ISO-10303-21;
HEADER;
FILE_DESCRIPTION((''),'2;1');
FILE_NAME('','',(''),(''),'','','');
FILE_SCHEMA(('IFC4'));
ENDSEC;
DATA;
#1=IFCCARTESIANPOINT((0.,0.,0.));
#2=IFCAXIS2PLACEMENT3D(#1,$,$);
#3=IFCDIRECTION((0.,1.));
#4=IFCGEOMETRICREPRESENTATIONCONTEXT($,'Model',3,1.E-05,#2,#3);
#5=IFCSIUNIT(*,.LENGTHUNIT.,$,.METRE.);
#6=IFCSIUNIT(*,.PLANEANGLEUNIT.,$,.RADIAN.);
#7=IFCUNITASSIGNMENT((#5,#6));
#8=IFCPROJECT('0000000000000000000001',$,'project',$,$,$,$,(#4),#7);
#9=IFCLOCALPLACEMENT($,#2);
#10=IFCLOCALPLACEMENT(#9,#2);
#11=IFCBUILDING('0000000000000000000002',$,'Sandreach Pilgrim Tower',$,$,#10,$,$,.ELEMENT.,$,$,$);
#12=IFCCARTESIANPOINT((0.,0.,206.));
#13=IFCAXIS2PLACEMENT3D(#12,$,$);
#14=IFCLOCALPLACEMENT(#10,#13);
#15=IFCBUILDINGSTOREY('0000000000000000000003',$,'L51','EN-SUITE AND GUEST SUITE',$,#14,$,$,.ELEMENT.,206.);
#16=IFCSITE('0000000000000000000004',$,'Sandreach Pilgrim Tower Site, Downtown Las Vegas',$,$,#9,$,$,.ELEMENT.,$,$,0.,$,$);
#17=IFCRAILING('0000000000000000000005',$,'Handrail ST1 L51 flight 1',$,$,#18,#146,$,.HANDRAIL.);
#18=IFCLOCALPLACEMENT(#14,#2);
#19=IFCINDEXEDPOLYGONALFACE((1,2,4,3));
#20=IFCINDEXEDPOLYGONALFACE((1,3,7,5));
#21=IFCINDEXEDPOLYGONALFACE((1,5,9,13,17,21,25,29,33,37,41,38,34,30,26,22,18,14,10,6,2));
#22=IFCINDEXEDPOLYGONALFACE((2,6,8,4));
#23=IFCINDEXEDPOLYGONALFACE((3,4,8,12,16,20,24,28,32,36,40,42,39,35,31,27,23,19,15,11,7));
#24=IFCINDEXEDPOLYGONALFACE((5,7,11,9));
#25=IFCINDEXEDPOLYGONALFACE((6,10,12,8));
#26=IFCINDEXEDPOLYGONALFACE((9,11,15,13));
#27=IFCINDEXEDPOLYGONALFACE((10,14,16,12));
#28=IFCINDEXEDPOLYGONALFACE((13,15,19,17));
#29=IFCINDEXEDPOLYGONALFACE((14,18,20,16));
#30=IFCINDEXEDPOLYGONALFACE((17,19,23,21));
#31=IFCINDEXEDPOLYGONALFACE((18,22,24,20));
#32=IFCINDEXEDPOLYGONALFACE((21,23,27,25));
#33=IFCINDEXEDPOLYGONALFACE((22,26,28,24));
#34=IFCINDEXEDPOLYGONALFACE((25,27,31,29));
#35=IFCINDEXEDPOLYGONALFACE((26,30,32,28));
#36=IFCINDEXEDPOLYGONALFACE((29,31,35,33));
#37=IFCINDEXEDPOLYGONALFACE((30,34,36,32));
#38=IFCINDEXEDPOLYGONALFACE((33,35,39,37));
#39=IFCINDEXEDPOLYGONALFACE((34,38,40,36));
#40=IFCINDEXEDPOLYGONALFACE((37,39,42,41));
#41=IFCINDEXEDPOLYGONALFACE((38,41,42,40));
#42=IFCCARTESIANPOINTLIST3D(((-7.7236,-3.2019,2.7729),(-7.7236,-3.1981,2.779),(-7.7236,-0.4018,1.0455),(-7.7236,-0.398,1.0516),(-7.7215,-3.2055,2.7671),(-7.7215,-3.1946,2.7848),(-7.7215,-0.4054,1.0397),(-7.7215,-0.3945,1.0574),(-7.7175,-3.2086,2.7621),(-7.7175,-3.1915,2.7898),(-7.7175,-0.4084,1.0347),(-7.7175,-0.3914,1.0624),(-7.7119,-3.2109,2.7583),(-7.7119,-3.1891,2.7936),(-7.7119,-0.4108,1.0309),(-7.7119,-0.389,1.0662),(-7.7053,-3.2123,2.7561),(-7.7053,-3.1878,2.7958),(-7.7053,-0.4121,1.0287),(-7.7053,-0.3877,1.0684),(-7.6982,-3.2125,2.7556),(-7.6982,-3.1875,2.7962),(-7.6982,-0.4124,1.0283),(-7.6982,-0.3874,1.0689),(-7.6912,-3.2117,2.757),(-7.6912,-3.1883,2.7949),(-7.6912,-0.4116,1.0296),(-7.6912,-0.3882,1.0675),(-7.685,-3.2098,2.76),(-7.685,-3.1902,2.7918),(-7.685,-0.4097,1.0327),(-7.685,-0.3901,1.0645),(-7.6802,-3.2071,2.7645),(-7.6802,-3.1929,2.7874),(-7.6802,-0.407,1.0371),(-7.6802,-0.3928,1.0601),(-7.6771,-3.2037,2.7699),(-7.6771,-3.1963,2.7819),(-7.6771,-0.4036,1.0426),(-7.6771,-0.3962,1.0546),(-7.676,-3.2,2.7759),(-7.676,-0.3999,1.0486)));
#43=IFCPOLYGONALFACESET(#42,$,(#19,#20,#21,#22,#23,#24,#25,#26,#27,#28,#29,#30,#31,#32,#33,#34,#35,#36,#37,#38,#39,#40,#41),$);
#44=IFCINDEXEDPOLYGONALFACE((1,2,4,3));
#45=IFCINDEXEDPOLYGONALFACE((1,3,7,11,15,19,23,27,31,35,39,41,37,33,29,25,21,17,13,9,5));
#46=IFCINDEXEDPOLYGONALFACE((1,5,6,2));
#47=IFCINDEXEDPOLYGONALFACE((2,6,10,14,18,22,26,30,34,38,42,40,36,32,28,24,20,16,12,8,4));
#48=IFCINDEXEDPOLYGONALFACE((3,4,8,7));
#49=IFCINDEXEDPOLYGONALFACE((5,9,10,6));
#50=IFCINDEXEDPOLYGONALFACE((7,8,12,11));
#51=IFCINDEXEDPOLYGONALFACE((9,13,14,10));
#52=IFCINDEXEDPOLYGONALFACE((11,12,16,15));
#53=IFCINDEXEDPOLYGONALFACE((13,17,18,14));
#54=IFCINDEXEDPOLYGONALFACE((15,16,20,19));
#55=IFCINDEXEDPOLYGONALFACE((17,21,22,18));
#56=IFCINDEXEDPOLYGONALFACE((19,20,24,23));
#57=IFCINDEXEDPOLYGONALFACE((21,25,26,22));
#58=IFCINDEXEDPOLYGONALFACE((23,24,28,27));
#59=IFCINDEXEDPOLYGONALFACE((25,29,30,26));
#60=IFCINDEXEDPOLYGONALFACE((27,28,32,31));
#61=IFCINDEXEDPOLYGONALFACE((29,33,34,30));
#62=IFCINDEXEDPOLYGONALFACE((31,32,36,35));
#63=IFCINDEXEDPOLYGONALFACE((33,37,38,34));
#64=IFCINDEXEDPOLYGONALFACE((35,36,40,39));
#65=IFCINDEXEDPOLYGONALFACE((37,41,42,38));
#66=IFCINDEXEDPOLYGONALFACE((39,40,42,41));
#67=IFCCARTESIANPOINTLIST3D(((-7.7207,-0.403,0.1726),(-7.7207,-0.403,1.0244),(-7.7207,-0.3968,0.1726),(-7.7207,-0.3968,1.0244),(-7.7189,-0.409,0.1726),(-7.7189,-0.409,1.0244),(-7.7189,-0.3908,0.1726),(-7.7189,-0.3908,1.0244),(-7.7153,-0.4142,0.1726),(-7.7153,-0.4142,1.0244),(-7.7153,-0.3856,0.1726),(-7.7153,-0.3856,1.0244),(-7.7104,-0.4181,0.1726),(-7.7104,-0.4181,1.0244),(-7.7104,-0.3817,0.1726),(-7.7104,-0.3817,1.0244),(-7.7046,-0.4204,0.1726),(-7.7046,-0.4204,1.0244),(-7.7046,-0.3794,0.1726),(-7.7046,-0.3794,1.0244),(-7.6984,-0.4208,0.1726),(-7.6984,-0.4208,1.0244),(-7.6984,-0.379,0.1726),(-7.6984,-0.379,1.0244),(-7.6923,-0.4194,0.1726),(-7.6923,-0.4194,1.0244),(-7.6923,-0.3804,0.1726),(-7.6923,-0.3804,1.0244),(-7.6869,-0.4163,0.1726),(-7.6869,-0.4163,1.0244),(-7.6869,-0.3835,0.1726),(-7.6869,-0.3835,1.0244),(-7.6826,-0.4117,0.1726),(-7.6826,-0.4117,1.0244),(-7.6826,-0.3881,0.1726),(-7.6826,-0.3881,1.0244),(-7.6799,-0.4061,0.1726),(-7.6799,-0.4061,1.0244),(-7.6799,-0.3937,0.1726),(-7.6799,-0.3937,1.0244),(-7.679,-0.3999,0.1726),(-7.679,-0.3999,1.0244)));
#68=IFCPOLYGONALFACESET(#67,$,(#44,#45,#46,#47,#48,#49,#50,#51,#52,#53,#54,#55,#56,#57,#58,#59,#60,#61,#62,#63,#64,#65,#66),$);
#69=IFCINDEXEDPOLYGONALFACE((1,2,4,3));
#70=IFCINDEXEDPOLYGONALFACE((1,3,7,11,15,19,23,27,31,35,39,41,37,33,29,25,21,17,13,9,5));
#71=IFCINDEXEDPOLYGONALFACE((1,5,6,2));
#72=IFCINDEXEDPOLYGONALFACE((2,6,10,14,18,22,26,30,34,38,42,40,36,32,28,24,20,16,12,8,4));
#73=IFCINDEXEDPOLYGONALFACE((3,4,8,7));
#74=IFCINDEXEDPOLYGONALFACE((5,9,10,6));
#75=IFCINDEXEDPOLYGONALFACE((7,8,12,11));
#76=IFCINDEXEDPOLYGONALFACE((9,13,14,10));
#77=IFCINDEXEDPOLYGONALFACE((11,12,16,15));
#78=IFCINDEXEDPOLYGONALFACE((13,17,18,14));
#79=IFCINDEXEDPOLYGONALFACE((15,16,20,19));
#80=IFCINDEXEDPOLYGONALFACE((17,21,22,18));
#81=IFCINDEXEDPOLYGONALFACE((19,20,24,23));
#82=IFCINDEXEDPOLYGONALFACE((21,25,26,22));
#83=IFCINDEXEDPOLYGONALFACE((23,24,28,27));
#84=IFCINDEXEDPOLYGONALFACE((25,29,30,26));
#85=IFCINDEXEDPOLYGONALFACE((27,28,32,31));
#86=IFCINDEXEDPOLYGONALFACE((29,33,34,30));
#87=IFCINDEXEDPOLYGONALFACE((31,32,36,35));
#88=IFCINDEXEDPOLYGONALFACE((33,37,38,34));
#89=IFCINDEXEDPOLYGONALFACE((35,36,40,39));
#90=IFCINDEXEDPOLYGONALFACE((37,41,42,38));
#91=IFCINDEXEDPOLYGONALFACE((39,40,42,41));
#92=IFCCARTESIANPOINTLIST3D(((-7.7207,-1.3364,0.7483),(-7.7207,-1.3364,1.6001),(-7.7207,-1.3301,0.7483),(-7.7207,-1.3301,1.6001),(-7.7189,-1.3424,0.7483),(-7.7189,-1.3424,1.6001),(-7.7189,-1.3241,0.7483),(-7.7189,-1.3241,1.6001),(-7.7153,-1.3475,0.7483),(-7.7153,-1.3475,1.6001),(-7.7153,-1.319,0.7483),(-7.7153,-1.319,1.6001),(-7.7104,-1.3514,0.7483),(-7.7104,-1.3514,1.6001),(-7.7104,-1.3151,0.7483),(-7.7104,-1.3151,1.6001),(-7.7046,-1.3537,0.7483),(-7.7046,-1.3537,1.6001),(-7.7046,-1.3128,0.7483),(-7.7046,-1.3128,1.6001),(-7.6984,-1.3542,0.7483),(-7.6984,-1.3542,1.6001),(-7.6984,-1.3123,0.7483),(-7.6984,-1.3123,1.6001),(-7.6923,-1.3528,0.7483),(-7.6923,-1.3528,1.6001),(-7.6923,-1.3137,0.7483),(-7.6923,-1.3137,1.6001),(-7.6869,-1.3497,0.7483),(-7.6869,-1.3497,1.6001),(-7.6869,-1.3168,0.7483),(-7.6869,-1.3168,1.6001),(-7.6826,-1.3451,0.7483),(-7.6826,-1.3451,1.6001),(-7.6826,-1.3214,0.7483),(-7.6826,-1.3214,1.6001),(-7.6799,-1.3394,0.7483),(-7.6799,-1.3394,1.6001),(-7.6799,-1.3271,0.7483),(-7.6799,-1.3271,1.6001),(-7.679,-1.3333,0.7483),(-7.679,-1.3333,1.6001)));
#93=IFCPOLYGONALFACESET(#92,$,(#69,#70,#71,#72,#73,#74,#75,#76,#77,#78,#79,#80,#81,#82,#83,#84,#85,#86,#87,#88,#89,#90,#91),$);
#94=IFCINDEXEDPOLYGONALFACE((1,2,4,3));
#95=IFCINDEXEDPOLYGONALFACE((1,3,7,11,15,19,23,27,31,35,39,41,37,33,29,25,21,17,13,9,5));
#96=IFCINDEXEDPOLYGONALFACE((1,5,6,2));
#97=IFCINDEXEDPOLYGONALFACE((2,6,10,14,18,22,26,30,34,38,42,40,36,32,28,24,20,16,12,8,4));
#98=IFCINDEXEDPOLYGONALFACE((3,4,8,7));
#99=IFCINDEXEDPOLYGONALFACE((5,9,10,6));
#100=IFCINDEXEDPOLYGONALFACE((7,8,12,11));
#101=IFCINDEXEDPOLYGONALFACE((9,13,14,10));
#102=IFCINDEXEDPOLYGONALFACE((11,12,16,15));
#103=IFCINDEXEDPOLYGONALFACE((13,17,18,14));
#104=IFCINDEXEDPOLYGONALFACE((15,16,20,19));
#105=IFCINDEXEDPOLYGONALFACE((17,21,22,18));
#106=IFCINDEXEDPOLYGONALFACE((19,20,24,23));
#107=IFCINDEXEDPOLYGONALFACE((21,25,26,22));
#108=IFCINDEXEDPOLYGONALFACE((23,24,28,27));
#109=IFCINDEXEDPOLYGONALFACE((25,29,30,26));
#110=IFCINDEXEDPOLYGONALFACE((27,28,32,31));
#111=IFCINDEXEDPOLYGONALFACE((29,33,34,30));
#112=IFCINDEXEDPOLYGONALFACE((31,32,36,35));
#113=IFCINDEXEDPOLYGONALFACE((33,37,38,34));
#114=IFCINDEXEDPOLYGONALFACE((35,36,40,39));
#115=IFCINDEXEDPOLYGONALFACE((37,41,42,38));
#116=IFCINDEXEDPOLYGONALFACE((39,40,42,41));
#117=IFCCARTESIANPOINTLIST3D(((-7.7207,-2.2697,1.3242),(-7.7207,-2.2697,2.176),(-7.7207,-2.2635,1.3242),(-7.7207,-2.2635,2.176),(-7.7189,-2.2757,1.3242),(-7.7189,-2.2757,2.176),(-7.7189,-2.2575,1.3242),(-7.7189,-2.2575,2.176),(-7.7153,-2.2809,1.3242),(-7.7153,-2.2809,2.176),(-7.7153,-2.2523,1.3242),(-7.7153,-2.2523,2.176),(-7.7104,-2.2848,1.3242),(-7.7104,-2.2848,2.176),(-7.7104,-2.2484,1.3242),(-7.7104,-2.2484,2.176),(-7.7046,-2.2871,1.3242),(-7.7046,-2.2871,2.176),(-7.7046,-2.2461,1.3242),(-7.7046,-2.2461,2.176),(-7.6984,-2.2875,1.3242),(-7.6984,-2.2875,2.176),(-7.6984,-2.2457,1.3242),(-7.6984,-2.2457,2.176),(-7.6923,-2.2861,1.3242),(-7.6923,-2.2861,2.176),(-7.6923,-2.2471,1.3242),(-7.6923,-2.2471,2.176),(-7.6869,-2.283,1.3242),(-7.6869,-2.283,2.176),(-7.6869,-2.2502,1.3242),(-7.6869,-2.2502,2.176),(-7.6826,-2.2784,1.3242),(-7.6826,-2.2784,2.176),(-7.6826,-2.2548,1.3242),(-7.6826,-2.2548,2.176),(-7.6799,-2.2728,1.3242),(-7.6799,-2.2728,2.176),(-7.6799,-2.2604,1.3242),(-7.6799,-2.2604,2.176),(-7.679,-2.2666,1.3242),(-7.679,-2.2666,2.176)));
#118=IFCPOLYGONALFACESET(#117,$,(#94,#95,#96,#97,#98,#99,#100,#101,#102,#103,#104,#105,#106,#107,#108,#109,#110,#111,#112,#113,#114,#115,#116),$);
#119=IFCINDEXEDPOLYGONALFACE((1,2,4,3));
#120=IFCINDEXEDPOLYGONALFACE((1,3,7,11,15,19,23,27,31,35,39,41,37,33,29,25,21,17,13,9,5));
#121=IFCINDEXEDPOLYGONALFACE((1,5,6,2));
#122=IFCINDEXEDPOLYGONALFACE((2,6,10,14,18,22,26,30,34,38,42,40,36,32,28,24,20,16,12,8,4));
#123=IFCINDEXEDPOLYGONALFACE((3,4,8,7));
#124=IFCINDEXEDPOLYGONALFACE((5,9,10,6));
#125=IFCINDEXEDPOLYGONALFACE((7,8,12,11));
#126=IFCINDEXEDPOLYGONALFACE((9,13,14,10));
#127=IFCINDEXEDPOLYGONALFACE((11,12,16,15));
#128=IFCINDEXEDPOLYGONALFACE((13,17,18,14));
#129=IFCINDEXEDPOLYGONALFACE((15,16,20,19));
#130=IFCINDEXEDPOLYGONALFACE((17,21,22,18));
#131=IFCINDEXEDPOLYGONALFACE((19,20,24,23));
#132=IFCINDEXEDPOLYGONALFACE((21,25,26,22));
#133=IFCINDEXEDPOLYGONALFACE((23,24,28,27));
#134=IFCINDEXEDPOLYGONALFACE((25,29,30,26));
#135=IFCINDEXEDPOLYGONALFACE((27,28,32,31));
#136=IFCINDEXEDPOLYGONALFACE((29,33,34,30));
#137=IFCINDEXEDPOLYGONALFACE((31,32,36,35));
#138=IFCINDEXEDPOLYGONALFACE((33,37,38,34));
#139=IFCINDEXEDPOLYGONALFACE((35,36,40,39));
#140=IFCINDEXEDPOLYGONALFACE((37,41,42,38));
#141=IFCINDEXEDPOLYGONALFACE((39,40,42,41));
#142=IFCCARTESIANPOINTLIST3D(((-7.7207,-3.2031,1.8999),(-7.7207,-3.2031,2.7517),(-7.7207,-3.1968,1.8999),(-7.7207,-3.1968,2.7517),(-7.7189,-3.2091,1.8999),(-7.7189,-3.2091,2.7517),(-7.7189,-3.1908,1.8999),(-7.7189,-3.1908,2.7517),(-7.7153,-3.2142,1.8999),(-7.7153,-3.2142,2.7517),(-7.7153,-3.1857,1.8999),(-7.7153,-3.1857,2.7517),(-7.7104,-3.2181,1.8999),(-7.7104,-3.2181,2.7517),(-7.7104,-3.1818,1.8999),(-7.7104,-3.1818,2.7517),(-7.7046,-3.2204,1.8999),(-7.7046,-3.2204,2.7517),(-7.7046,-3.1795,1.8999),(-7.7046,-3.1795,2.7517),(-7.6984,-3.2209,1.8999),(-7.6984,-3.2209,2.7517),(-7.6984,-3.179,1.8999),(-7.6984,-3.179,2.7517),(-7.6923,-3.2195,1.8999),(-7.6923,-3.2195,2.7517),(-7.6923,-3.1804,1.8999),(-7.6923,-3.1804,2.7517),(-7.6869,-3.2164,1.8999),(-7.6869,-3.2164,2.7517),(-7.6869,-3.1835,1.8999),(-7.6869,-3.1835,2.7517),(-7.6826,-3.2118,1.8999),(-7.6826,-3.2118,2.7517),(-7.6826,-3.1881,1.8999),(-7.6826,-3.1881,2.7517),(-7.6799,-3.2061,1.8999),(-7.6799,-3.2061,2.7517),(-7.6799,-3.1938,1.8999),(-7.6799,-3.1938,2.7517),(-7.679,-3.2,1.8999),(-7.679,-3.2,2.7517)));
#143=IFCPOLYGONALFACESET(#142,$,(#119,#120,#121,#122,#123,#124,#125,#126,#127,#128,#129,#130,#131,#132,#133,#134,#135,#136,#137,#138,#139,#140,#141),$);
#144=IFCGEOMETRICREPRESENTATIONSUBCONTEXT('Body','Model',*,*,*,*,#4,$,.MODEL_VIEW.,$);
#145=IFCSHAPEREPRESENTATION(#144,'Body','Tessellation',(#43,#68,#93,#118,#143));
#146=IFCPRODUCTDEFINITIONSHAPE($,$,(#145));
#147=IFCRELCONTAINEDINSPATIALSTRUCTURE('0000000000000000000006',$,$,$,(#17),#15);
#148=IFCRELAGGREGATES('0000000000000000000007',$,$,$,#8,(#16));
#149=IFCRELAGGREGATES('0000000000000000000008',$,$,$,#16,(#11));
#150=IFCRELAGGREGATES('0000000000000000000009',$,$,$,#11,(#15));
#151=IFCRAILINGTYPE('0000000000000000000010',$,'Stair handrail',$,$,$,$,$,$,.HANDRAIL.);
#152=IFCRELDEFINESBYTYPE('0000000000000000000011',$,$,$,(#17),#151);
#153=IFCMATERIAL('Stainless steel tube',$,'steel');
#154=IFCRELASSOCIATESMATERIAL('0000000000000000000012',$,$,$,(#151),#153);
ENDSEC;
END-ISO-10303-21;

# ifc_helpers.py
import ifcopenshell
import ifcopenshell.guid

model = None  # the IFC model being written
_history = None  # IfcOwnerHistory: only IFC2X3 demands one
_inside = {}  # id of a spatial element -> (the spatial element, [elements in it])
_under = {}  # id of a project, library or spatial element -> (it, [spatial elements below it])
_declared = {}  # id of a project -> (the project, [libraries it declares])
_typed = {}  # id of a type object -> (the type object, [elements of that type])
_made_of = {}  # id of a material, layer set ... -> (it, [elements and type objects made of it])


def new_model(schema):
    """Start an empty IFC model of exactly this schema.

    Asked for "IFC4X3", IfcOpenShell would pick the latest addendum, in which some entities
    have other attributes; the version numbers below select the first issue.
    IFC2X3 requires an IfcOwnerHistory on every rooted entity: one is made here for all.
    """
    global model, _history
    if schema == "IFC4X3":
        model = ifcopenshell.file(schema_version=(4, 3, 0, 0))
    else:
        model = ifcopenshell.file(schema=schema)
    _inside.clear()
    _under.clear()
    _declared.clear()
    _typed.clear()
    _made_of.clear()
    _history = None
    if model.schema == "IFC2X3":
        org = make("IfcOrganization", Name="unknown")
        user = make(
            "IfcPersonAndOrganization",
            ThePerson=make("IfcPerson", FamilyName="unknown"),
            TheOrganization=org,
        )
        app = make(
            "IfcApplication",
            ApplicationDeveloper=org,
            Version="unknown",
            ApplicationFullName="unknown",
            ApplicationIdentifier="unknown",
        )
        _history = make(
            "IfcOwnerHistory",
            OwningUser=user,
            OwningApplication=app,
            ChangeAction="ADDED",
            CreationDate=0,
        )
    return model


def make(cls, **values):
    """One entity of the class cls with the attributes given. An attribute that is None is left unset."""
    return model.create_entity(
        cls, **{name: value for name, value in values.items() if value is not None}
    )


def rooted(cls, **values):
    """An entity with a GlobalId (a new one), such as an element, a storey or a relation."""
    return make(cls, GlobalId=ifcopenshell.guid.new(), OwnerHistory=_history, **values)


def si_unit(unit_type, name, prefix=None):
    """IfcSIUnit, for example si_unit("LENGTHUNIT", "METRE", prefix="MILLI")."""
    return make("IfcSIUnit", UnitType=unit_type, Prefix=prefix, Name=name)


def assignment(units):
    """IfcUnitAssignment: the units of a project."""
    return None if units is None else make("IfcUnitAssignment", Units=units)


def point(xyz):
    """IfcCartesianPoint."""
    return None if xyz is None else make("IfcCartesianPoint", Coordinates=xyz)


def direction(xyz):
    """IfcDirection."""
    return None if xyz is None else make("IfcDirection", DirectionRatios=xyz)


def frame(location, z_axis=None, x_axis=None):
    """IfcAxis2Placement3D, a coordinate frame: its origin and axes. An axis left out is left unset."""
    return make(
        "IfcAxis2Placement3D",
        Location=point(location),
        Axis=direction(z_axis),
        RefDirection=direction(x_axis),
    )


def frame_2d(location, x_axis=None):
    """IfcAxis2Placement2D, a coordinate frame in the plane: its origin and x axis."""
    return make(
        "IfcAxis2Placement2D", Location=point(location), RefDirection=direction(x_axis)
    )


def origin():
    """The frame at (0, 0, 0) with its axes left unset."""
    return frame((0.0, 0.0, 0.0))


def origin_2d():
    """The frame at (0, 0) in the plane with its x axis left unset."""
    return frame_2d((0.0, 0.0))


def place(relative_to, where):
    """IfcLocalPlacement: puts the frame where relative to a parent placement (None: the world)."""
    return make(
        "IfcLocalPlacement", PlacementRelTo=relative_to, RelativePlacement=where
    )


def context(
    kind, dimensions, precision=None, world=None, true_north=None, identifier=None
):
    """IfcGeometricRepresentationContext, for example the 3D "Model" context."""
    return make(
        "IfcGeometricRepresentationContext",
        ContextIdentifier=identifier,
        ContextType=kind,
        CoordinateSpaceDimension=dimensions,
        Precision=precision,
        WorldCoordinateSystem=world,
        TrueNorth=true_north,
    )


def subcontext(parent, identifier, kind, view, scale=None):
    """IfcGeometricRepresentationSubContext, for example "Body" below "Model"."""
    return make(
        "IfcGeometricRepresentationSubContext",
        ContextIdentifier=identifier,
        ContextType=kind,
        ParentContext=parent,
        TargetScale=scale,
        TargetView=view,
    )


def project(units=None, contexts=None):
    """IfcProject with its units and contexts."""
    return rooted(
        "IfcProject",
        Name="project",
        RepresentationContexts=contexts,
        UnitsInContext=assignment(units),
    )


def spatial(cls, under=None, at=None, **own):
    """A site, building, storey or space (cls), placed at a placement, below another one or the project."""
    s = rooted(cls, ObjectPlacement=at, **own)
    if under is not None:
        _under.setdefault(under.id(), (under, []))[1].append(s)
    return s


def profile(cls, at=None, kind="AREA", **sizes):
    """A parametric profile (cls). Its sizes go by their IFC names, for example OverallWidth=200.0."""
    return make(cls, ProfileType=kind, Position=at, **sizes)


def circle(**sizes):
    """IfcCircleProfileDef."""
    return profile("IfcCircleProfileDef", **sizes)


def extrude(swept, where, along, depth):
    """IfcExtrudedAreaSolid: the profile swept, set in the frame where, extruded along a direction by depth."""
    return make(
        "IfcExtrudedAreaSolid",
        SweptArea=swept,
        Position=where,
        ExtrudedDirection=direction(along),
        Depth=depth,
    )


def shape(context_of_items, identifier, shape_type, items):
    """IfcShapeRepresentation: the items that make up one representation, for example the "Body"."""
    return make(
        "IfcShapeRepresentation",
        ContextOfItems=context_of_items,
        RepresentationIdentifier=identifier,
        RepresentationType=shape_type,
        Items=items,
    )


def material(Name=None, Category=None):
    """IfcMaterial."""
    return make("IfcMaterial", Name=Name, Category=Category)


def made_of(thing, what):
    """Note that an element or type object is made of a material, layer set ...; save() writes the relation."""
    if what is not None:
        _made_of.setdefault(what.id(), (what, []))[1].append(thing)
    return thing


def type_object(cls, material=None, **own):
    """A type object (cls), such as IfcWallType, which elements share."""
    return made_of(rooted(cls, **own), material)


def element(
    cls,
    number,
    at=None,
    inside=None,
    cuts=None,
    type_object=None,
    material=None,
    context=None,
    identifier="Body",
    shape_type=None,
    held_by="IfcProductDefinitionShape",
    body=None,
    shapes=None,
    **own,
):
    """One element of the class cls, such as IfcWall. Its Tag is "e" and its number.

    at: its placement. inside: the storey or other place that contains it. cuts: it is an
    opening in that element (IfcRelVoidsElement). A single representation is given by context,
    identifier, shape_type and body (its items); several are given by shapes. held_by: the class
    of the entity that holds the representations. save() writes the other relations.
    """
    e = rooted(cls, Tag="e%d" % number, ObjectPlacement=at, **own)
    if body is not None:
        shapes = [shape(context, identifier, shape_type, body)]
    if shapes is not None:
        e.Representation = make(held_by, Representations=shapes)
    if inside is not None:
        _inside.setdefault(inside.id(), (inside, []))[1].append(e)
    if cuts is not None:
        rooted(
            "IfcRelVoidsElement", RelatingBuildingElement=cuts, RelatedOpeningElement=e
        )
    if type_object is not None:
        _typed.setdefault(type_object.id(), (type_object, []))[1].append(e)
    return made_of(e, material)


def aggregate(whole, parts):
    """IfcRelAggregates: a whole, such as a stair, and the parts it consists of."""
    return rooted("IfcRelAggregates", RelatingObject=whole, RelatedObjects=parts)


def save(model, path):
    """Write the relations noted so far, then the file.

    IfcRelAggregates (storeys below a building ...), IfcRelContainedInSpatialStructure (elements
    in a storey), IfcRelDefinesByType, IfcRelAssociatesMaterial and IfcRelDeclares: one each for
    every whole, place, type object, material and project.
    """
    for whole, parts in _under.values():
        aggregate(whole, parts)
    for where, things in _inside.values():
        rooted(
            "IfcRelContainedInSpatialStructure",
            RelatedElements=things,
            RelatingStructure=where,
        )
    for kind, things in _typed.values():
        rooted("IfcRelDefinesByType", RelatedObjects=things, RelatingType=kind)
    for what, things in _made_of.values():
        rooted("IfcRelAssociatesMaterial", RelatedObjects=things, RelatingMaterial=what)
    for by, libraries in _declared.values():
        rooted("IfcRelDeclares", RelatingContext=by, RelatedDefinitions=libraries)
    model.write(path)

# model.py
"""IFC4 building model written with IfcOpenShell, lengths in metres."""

from ifc_helpers import new_model, si_unit, direction, frame, origin, origin_2d, place, context, subcontext, project, spatial, circle, extrude, material, type_object, element, save


model = new_model("IFC4")

# Units and contexts
model_context = context("Model", 3, precision=1e-05, world=origin(), true_north=direction((0.0, 1.0)))
body_context = subcontext(model_context, "Body", "Model", "MODEL_VIEW")
ifc_project = project(units=[si_unit("LENGTHUNIT", "METRE"), si_unit("PLANEANGLEUNIT", "RADIAN")], contexts=[model_context])

# Site, building, storey
site_placement = place(None, origin())
site = spatial("IfcSite", under=ifc_project, at=site_placement, Name="Sandreach Pilgrim Tower Site, Downtown Las Vegas", CompositionType="ELEMENT", RefElevation=0.0)
building_placement = place(site_placement, origin())
building = spatial("IfcBuilding", under=site, at=building_placement, Name="Sandreach Pilgrim Tower", CompositionType="ELEMENT")
storey_placement = place(building_placement, frame((0.0, 0.0, 206.0)))
storey = spatial("IfcBuildingStorey", under=building, at=storey_placement, Name="L51", Description="EN-SUITE AND GUEST SUITE", CompositionType="ELEMENT", Elevation=206.0)

# Railing
ifc_material_1 = material(Name="Stainless steel tube", Category="steel")
railing_type = type_object("IfcRailingType", Name="Stair handrail", PredefinedType="HANDRAIL", material=ifc_material_1)
for number, where, name in (
    (1, (-7.7, -0.3999, 0.1726), "Handrail ST1 L51 flight 1"),
):
    element("IfcRailing", number, at=place(storey_placement, frame(where)), inside=storey, type_object=railing_type, Name=name, PredefinedType="HANDRAIL", context=body_context, shape_type="SweptSolid", body=[
        extrude(circle(Radius=0.0239, at=origin_2d()), frame((0.0, 0.0, 0.876), z_axis=(0.0, -0.85109, 0.52502), x_axis=(1.0, 0.0, 0.0)), (0.0, 0.0, 1.0), 3.29),
        extrude(circle(Radius=0.021, at=origin_2d()), origin(), (0.0, 0.0, 1.0), 0.8518),
        extrude(circle(Radius=0.021, at=origin_2d()), frame((0.0, -0.9333, 0.5757)), (0.0, 0.0, 1.0), 0.8518),
        extrude(circle(Radius=0.021, at=origin_2d()), frame((0.0, -1.8667, 1.1516)), (0.0, 0.0, 1.0), 0.8518),
        extrude(circle(Radius=0.021, at=origin_2d()), frame((0.0, -2.8, 1.7273)), (0.0, 0.0, 1.0), 0.8518),
    ])

save(model, "model.ifc")
